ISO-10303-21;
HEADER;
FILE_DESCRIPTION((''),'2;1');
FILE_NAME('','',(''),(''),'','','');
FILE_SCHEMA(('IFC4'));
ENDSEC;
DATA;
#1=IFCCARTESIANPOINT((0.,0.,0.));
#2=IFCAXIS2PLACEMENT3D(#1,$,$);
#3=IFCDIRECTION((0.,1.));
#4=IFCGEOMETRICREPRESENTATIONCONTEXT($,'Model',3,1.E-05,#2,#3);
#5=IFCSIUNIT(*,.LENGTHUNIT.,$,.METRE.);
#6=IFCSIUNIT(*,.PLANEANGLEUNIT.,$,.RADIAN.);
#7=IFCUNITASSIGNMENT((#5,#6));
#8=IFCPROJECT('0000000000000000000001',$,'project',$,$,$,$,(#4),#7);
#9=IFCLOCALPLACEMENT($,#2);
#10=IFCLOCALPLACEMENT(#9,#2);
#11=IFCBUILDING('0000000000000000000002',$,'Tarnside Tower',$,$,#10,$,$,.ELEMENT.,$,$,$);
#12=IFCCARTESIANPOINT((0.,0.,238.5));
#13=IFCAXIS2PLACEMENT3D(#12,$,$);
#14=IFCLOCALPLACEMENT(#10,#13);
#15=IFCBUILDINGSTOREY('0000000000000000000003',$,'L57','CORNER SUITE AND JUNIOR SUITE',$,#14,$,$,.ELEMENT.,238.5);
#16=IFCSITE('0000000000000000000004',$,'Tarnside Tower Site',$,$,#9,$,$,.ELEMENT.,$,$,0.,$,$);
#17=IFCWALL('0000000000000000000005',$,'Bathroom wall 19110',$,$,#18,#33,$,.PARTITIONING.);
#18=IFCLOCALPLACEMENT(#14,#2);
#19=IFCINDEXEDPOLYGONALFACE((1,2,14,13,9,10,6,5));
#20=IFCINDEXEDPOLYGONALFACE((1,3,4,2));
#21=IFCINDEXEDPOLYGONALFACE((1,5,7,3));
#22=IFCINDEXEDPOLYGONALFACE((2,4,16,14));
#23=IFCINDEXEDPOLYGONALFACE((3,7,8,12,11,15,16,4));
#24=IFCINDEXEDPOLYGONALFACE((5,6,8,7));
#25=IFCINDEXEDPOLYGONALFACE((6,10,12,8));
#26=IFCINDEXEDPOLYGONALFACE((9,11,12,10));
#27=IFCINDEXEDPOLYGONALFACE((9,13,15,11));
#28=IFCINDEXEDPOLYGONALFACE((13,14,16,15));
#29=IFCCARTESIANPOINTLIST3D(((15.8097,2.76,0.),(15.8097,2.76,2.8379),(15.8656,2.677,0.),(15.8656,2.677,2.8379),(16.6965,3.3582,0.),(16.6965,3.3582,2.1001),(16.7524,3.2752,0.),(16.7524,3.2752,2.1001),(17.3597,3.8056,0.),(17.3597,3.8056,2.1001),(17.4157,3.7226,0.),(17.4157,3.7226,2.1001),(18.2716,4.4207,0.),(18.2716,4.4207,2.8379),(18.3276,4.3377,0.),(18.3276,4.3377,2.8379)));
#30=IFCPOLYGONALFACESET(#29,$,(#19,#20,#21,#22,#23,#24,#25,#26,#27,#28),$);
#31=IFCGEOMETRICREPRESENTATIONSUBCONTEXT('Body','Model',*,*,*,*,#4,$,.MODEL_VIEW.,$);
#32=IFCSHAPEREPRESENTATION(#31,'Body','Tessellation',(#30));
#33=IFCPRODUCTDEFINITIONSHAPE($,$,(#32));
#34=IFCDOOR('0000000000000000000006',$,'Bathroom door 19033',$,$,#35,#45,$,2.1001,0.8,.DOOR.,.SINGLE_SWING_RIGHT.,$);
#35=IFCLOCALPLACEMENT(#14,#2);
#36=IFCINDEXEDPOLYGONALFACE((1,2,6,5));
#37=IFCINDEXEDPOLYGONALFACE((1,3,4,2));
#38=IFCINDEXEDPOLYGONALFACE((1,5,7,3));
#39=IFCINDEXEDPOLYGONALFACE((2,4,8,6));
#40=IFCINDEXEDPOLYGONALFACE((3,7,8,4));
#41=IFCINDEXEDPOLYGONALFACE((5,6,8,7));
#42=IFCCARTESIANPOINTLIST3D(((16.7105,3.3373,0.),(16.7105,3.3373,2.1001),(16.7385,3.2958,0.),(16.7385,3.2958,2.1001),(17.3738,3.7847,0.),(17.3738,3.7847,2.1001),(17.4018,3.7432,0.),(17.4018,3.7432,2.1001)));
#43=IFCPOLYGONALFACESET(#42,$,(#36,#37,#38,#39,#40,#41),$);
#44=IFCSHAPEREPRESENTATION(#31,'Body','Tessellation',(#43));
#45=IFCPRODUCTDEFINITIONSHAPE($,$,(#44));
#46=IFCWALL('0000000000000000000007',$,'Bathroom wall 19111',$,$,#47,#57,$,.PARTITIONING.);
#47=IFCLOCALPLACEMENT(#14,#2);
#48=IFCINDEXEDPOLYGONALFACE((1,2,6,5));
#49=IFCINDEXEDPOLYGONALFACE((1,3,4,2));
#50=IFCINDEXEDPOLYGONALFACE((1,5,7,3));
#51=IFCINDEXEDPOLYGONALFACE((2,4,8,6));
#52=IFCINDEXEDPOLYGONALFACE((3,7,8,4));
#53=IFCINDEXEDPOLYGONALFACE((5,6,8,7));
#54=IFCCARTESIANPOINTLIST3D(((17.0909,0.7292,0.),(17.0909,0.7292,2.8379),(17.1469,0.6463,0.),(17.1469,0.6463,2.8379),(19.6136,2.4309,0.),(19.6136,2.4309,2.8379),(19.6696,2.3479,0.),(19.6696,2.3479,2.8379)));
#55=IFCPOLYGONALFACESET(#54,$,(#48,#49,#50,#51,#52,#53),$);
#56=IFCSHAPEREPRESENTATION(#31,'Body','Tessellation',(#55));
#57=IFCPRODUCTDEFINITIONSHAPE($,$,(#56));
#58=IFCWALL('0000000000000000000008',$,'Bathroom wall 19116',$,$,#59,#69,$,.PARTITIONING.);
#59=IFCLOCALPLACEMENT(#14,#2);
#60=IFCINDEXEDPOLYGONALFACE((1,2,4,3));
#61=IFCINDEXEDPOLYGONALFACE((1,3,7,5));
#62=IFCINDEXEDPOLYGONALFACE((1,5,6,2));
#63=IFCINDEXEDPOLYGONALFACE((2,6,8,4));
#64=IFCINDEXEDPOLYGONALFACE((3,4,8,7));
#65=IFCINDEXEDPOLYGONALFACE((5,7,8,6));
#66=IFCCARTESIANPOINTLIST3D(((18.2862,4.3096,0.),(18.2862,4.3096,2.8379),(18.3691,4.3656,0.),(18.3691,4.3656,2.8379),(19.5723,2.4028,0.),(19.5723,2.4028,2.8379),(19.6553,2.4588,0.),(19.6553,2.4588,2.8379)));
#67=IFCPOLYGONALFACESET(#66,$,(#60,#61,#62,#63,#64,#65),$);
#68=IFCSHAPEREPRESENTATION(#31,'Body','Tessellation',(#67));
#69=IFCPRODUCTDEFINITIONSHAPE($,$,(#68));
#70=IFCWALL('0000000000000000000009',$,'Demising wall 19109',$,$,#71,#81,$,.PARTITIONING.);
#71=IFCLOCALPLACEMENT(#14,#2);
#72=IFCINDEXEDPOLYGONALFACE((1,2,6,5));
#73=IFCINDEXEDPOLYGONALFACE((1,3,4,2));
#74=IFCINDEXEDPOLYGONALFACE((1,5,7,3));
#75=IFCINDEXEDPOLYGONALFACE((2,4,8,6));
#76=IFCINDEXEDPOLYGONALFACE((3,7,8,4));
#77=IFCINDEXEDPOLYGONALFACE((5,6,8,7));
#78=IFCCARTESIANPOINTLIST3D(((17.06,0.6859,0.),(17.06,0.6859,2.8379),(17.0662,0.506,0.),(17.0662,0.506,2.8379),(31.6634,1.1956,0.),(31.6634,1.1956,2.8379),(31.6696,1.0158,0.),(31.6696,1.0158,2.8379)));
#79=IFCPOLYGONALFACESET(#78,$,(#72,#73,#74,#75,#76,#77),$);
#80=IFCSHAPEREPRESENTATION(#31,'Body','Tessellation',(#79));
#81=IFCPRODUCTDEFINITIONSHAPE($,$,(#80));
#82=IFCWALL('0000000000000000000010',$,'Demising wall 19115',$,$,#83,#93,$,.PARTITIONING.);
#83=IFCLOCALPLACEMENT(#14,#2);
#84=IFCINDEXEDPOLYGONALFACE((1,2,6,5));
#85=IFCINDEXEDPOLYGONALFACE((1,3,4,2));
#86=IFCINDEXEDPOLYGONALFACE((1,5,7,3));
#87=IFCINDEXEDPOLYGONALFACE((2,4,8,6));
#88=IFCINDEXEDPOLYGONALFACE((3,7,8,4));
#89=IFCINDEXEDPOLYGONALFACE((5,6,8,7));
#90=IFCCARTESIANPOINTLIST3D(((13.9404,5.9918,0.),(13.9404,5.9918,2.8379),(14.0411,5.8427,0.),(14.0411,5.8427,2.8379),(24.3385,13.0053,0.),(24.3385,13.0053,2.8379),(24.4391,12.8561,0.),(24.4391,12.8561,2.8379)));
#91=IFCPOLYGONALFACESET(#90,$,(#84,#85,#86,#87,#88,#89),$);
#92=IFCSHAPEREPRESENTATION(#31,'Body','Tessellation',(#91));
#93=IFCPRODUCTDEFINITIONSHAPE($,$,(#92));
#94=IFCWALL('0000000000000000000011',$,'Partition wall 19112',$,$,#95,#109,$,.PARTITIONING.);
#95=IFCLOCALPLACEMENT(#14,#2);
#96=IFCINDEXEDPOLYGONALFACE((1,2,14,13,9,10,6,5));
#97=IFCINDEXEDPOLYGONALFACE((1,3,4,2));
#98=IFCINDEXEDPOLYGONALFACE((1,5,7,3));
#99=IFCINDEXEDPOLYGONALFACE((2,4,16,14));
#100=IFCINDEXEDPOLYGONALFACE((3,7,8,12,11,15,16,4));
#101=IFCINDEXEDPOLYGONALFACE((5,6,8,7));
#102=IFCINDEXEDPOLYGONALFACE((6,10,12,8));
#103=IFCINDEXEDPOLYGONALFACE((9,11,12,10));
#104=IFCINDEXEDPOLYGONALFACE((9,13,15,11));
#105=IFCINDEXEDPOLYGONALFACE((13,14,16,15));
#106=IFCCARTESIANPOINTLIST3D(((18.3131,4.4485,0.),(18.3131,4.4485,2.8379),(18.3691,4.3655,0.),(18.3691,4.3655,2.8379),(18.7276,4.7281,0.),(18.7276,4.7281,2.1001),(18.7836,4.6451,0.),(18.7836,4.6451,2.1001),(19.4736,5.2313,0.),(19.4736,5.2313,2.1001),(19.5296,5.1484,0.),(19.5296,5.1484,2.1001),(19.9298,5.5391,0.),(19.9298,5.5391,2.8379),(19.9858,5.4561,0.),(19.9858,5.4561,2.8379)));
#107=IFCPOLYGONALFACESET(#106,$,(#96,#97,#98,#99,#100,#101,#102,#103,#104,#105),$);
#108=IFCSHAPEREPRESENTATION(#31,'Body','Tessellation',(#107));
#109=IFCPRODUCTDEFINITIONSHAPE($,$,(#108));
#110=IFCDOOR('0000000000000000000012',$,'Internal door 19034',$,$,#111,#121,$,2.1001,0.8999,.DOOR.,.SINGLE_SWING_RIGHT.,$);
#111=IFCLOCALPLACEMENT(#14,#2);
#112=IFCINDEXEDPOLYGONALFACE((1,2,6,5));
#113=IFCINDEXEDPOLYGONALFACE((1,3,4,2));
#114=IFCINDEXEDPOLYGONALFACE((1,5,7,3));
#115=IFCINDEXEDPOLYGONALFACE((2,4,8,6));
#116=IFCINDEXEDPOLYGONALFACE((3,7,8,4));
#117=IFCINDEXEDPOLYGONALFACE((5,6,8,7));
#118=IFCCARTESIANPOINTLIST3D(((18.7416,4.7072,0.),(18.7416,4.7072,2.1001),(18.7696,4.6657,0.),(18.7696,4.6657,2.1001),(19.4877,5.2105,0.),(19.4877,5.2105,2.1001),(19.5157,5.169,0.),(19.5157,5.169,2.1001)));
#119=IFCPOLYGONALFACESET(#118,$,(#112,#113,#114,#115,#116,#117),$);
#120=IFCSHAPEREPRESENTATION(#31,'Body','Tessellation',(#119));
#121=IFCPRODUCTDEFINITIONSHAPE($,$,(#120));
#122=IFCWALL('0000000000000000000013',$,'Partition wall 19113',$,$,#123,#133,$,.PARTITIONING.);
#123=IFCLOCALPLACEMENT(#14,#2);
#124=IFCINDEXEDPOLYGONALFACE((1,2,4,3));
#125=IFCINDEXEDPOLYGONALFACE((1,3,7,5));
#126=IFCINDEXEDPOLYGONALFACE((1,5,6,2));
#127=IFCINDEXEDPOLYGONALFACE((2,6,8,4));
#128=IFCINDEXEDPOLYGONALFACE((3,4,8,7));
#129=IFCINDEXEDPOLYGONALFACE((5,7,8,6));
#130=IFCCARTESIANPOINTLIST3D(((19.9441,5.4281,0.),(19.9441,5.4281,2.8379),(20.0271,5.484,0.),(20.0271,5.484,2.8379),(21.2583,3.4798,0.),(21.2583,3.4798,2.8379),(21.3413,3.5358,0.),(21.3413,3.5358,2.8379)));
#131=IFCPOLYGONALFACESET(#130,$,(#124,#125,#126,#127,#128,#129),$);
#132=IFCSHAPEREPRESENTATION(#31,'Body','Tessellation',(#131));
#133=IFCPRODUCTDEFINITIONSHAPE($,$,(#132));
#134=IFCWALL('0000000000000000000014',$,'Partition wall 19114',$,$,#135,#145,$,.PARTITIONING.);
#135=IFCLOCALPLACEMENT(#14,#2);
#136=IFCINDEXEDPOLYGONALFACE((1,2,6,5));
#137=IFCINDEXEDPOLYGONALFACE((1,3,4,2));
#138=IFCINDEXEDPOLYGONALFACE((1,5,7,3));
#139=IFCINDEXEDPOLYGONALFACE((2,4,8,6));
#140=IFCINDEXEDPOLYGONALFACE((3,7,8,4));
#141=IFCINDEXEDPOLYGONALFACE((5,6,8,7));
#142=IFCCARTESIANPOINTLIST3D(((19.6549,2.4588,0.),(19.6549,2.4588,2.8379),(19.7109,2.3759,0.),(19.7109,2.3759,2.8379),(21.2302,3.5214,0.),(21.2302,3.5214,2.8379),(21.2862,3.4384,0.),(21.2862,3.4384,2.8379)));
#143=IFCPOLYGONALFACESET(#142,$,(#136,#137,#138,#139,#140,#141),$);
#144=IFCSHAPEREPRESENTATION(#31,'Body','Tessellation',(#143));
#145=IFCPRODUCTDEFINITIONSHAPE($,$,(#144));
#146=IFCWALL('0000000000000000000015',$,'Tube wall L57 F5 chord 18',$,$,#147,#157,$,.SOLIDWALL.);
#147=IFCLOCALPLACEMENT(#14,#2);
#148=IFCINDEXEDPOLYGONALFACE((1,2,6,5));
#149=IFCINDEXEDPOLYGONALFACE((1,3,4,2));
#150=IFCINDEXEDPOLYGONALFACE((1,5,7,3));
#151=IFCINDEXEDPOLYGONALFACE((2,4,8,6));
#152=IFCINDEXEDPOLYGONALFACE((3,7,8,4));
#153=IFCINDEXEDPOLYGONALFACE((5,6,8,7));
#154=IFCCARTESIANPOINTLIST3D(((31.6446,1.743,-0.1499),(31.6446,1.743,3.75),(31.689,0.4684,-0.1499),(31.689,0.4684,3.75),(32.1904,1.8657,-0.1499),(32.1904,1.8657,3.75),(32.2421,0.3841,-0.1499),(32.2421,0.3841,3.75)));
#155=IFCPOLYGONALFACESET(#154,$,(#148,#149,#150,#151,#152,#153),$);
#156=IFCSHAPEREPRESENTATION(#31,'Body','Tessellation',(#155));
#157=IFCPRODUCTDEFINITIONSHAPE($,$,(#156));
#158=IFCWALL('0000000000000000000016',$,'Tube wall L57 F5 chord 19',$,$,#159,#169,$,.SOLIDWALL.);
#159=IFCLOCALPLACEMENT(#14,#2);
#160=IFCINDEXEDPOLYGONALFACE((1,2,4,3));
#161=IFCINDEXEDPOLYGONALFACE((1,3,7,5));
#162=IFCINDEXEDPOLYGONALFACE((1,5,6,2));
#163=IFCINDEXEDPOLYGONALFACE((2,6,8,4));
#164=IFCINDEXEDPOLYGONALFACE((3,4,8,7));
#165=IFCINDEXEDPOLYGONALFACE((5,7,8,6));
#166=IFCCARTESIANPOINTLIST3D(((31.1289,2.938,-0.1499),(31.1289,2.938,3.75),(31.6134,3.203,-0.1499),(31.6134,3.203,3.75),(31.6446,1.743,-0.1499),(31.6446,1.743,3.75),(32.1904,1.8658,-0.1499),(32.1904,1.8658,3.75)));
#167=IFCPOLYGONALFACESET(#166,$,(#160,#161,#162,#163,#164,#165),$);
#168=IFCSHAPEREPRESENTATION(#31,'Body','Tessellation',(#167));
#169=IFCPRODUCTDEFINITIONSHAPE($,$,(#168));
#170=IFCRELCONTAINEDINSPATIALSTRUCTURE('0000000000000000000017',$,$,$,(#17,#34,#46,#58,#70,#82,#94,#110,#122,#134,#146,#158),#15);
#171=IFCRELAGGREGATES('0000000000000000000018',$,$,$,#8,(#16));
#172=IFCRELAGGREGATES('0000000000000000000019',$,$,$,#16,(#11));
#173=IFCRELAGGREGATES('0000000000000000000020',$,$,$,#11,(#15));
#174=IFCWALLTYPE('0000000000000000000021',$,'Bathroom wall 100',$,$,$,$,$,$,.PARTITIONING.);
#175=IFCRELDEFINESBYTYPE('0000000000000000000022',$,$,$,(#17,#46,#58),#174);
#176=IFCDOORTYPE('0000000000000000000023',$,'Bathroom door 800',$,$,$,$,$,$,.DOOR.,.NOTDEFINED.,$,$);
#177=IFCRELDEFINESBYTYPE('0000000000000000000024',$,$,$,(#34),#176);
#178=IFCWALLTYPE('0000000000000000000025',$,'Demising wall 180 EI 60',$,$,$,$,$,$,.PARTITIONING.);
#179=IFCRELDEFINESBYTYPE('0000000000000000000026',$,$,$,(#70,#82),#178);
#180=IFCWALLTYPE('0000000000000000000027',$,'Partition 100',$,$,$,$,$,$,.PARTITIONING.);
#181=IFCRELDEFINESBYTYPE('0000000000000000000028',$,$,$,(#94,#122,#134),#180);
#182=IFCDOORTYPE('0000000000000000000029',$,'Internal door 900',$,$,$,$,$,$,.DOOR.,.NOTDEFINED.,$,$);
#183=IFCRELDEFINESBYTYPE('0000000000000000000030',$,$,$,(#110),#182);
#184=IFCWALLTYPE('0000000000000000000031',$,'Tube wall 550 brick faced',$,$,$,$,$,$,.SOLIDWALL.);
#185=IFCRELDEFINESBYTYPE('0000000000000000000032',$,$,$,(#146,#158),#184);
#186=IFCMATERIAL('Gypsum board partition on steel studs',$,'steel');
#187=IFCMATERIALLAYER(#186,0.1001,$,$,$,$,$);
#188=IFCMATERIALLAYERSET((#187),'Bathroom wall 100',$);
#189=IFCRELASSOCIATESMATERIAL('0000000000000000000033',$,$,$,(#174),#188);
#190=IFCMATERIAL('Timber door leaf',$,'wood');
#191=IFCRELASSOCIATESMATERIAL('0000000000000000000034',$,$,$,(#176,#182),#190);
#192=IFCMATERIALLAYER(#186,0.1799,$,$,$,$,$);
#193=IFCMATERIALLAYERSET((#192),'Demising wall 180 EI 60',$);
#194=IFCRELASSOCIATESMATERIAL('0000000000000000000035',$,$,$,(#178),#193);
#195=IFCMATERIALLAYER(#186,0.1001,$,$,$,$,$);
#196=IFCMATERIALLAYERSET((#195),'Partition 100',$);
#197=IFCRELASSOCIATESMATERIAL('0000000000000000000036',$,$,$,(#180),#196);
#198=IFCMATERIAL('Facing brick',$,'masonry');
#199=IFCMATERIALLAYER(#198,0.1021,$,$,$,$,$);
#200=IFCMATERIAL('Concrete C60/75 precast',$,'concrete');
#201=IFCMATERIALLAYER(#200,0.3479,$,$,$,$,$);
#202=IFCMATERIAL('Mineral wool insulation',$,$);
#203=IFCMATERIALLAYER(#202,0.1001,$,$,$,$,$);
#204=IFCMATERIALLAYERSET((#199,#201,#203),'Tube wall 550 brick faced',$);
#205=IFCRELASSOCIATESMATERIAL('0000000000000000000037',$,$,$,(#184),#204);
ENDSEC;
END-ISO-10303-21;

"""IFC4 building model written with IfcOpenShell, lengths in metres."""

from ifc_helpers import new_model, si_unit, direction, frame, frame_2d, origin, place, context, subcontext, project, spatial, polyline, rectangle, outline, extrude, material, layer, layer_set, type_object, element, fill, save


model = new_model("IFC4")

# Units and contexts
model_context = context("Model", 3, precision=1e-05, world=origin(), true_north=direction((0.0, 1.0)))
body_context = subcontext(model_context, "Body", "Model", "MODEL_VIEW")
ifc_project = project(units=[si_unit("LENGTHUNIT", "METRE"), si_unit("PLANEANGLEUNIT", "RADIAN")], contexts=[model_context])

# Site, building, storey
site_placement = place(None, origin())
site = spatial("IfcSite", under=ifc_project, at=site_placement, Name="Tarnside Tower Site", CompositionType="ELEMENT", RefElevation=0.0)
building_placement = place(site_placement, origin())
building = spatial("IfcBuilding", under=site, at=building_placement, Name="Tarnside Tower", CompositionType="ELEMENT")
storey_placement = place(building_placement, frame((0.0, 0.0, 238.5)))
storey = spatial("IfcBuildingStorey", under=building, at=storey_placement, Name="L57", Description="CORNER SUITE AND JUNIOR SUITE", CompositionType="ELEMENT", Elevation=238.5)

# Wall, opening, door
ifc_material_1 = material(Name="Gypsum board partition on steel studs", Category="steel")
ifc_layer_1 = layer(ifc_material_1, 0.1001)
ifc_layer_set_1 = layer_set([ifc_layer_1], Name="Bathroom wall 100")
wall_type_1 = type_object("IfcWallType", Name="Bathroom wall 100", PredefinedType="PARTITIONING", material=ifc_layer_set_1)
wall_1_placement = place(storey_placement, frame((15.8376, 2.7185, 0.0), z_axis=(0.0, 0.0, 1.0), x_axis=(0.829028, 0.559207, 0.0)))
wall_1 = element("IfcWall", 1, at=wall_1_placement, inside=storey, type_object=wall_type_1, Name="Bathroom wall 19110", PredefinedType="PARTITIONING", context=body_context, shape_type="SweptSolid", body=[
    extrude(rectangle(XDim=2.9697, YDim=0.1001, at=frame_2d((1.4849, 0.0))), origin(), (0.0, 0.0, 1.0), 2.8379),
])
opening_1_placement = place(wall_1_placement, frame((1.0698, 0.0, 0.0)))
opening_1 = element("IfcOpeningElement", 2, at=opening_1_placement, cuts=wall_1, PredefinedType="OPENING", context=body_context, shape_type="SweptSolid", body=[
    extrude(rectangle(XDim=0.8, YDim=2.1001, at=frame_2d((0.3999, 1.05))), frame((0.0, 0.0601, 0.0), z_axis=(0.0, -1.0, 0.0), x_axis=(1.0, 0.0, 0.0)), (0.0, 0.0, 1.0), 0.1201),
])
ifc_material_2 = material(Name="Timber door leaf", Category="wood")
door_type_1 = type_object("IfcDoorType", Name="Bathroom door 800", OperationType="NOTDEFINED", PredefinedType="DOOR", material=ifc_material_2)
door_1_placement = place(opening_1_placement, origin())
door_1 = element("IfcDoor", 3, at=door_1_placement, inside=storey, type_object=door_type_1, Name="Bathroom door 19033", OperationType="SINGLE_SWING_RIGHT", OverallHeight=2.1001, OverallWidth=0.8, PredefinedType="DOOR", context=body_context, shape_type="SweptSolid", body=[
    extrude(rectangle(XDim=0.8, YDim=2.1001, at=frame_2d((0.3999, 1.05))), frame((0.0, 0.0249, 0.0), z_axis=(0.0, -1.0, 0.0), x_axis=(1.0, 0.0, 0.0)), (0.0, 0.0, 1.0), 0.05),
])
fill(opening_1, door_1)

# Walls
wall_2_placement = place(storey_placement, frame((19.6416, 2.3894, 0.0), z_axis=(0.0, 0.0, 1.0), x_axis=(-0.829026, -0.55921, 0.0)))
element("IfcWall", 4, at=wall_2_placement, inside=storey, type_object=wall_type_1, Name="Bathroom wall 19111", PredefinedType="PARTITIONING", context=body_context, shape_type="SweptSolid", body=[
    extrude(rectangle(XDim=3.043, YDim=0.1001, at=frame_2d((1.5215, 0.0))), origin(), (0.0, 0.0, 1.0), 2.8379),
])
wall_3_placement = place(storey_placement, frame((19.6138, 2.4309, 0.0), z_axis=(0.0, 0.0, 1.0), x_axis=(-0.559199, 0.829033, 0.0)))
element("IfcWall", 5, at=wall_3_placement, inside=storey, type_object=wall_type_1, Name="Bathroom wall 19116", PredefinedType="PARTITIONING", context=body_context, shape_type="SweptSolid", body=[
    extrude(rectangle(XDim=2.3, YDim=0.1001, at=frame_2d((1.1499, 0.0))), origin(), (0.0, 0.0, 1.0), 2.8379),
])
ifc_layer_2 = layer(ifc_material_1, 0.1799)
ifc_layer_set_2 = layer_set([ifc_layer_2], Name="Demising wall 180 EI 60")
wall_type_2 = type_object("IfcWallType", Name="Demising wall 180 EI 60", PredefinedType="PARTITIONING", material=ifc_layer_set_2)
wall_4_placement = place(storey_placement, frame((31.6665, 1.1057, 0.0), z_axis=(0.0, 0.0, 1.0), x_axis=(-0.999391, -0.034886, 0.0)))
element("IfcWall", 6, at=wall_4_placement, inside=storey, type_object=wall_type_2, Name="Demising wall 19109", PredefinedType="PARTITIONING", context=body_context, shape_type="SweptSolid", body=[
    extrude(rectangle(XDim=14.6123, YDim=0.1799, at=frame_2d((7.3062, 0.0))), origin(), (0.0, 0.0, 1.0), 2.8379),
])
wall_5_placement = place(storey_placement, frame((24.3887, 12.9307, 0.0), z_axis=(0.0, 0.0, 1.0), x_axis=(-0.82904, -0.559189, 0.0)))
element("IfcWall", 7, at=wall_5_placement, inside=storey, type_object=wall_type_2, Name="Demising wall 19115", PredefinedType="PARTITIONING", context=body_context, shape_type="SweptSolid", body=[
    extrude(rectangle(XDim=12.5422, YDim=0.1799, at=frame_2d((6.271, 0.0))), origin(), (0.0, 0.0, 1.0), 2.8379),
])

# Wall, opening, door
ifc_layer_3 = layer(ifc_material_1, 0.1001)
ifc_layer_set_3 = layer_set([ifc_layer_3], Name="Partition 100")
wall_type_3 = type_object("IfcWallType", Name="Partition 100", PredefinedType="PARTITIONING", material=ifc_layer_set_3)
wall_6_placement = place(storey_placement, frame((18.3411, 4.407, 0.0), z_axis=(0.0, 0.0, 1.0), x_axis=(0.829014, 0.559228, 0.0)))
wall_6 = element("IfcWall", 8, at=wall_6_placement, inside=storey, type_object=wall_type_3, Name="Partition wall 19112", PredefinedType="PARTITIONING", context=body_context, shape_type="SweptSolid", body=[
    extrude(rectangle(XDim=1.9502, YDim=0.1001, at=frame_2d((0.9751, 0.0))), origin(), (0.0, 0.0, 1.0), 2.8379),
])
opening_2_placement = place(wall_6_placement, frame((0.5, 0.0, 0.0)))
opening_2 = element("IfcOpeningElement", 9, at=opening_2_placement, cuts=wall_6, PredefinedType="OPENING", context=body_context, shape_type="SweptSolid", body=[
    extrude(rectangle(XDim=0.8999, YDim=2.1001, at=frame_2d((0.45, 1.05))), frame((0.0, 0.0601, 0.0), z_axis=(0.0, -1.0, 0.0), x_axis=(1.0, 0.0, 0.0)), (0.0, 0.0, 1.0), 0.1201),
])
door_type_2 = type_object("IfcDoorType", Name="Internal door 900", OperationType="NOTDEFINED", PredefinedType="DOOR", material=ifc_material_2)
door_2_placement = place(opening_2_placement, origin())
door_2 = element("IfcDoor", 10, at=door_2_placement, inside=storey, type_object=door_type_2, Name="Internal door 19034", OperationType="SINGLE_SWING_RIGHT", OverallHeight=2.1001, OverallWidth=0.8999, PredefinedType="DOOR", context=body_context, shape_type="SweptSolid", body=[
    extrude(rectangle(XDim=0.8999, YDim=2.1001, at=frame_2d((0.45, 1.05))), frame((0.0, 0.0249, 0.0), z_axis=(0.0, -1.0, 0.0), x_axis=(1.0, 0.0, 0.0)), (0.0, 0.0, 1.0), 0.05),
])
fill(opening_2, door_2)

# Walls
wall_7_placement = place(storey_placement, frame((19.9856, 5.4561, 0.0), z_axis=(0.0, 0.0, 1.0), x_axis=(0.559223, -0.829017, 0.0)))
element("IfcWall", 11, at=wall_7_placement, inside=storey, type_object=wall_type_3, Name="Partition wall 19113", PredefinedType="PARTITIONING", context=body_context, shape_type="SweptSolid", body=[
    extrude(rectangle(XDim=2.3501, YDim=0.1001, at=frame_2d((1.175, 0.0))), origin(), (0.0, 0.0, 1.0), 2.8379),
])
wall_8_placement = place(storey_placement, frame((21.2583, 3.48, 0.0), z_axis=(0.0, 0.0, 1.0), x_axis=(-0.829033, -0.559199, 0.0)))
element("IfcWall", 12, at=wall_8_placement, inside=storey, type_object=wall_type_3, Name="Partition wall 19114", PredefinedType="PARTITIONING", context=body_context, shape_type="SweptSolid", body=[
    extrude(rectangle(XDim=1.9001, YDim=0.1001, at=frame_2d((0.9502, 0.0))), origin(), (0.0, 0.0, 1.0), 2.8379),
])
ifc_material_3 = material(Name="Facing brick", Category="masonry")
ifc_layer_4 = layer(ifc_material_3, 0.1021)
ifc_material_4 = material(Name="Concrete C60/75 precast", Category="concrete")
ifc_layer_5 = layer(ifc_material_4, 0.3479)
ifc_material_5 = material(Name="Mineral wool insulation")
ifc_layer_6 = layer(ifc_material_5, 0.1001)
ifc_layer_set_4 = layer_set([ifc_layer_4, ifc_layer_5, ifc_layer_6], Name="Tube wall 550 brick faced")
wall_type_4 = type_object("IfcWallType", Name="Tube wall 550 brick faced", PredefinedType="SOLIDWALL", material=ifc_layer_set_4)
wall_9_placement = place(storey_placement, frame((31.9656, 0.4263, -0.1499), z_axis=(0.0, 0.0, 1.0), x_axis=(-0.034877, 0.999392, 0.0)))
element("IfcWall", 13, at=wall_9_placement, inside=storey, type_object=wall_type_4, Name="Tube wall L57 F5 chord 18", PredefinedType="SOLIDWALL", context=body_context, shape_type="SweptSolid", body=[
    extrude(outline(polyline([(-0.0518, -0.2749), (1.4307, -0.2749), (1.3271, 0.2749), (0.0518, 0.2749), (-0.0518, -0.2749)])), origin(), (0.0, 0.0, 1.0), 3.8999),
])
wall_10_placement = place(storey_placement, frame((31.9175, 1.8044, -0.1499), z_axis=(0.0, 0.0, 1.0), x_axis=(-0.396226, 0.918153, 0.0)))
element("IfcWall", 14, at=wall_10_placement, inside=storey, type_object=wall_type_4, Name="Tube wall L57 F5 chord 19", PredefinedType="SOLIDWALL", context=body_context, shape_type="SweptSolid", body=[
    extrude(outline(polyline([(-0.0518, -0.2749), (1.4045, -0.2749), (1.3533, 0.2749), (0.0518, 0.2749), (-0.0518, -0.2749)])), origin(), (0.0, 0.0, 1.0), 3.8999),
])

save(model, "model.ifc")
